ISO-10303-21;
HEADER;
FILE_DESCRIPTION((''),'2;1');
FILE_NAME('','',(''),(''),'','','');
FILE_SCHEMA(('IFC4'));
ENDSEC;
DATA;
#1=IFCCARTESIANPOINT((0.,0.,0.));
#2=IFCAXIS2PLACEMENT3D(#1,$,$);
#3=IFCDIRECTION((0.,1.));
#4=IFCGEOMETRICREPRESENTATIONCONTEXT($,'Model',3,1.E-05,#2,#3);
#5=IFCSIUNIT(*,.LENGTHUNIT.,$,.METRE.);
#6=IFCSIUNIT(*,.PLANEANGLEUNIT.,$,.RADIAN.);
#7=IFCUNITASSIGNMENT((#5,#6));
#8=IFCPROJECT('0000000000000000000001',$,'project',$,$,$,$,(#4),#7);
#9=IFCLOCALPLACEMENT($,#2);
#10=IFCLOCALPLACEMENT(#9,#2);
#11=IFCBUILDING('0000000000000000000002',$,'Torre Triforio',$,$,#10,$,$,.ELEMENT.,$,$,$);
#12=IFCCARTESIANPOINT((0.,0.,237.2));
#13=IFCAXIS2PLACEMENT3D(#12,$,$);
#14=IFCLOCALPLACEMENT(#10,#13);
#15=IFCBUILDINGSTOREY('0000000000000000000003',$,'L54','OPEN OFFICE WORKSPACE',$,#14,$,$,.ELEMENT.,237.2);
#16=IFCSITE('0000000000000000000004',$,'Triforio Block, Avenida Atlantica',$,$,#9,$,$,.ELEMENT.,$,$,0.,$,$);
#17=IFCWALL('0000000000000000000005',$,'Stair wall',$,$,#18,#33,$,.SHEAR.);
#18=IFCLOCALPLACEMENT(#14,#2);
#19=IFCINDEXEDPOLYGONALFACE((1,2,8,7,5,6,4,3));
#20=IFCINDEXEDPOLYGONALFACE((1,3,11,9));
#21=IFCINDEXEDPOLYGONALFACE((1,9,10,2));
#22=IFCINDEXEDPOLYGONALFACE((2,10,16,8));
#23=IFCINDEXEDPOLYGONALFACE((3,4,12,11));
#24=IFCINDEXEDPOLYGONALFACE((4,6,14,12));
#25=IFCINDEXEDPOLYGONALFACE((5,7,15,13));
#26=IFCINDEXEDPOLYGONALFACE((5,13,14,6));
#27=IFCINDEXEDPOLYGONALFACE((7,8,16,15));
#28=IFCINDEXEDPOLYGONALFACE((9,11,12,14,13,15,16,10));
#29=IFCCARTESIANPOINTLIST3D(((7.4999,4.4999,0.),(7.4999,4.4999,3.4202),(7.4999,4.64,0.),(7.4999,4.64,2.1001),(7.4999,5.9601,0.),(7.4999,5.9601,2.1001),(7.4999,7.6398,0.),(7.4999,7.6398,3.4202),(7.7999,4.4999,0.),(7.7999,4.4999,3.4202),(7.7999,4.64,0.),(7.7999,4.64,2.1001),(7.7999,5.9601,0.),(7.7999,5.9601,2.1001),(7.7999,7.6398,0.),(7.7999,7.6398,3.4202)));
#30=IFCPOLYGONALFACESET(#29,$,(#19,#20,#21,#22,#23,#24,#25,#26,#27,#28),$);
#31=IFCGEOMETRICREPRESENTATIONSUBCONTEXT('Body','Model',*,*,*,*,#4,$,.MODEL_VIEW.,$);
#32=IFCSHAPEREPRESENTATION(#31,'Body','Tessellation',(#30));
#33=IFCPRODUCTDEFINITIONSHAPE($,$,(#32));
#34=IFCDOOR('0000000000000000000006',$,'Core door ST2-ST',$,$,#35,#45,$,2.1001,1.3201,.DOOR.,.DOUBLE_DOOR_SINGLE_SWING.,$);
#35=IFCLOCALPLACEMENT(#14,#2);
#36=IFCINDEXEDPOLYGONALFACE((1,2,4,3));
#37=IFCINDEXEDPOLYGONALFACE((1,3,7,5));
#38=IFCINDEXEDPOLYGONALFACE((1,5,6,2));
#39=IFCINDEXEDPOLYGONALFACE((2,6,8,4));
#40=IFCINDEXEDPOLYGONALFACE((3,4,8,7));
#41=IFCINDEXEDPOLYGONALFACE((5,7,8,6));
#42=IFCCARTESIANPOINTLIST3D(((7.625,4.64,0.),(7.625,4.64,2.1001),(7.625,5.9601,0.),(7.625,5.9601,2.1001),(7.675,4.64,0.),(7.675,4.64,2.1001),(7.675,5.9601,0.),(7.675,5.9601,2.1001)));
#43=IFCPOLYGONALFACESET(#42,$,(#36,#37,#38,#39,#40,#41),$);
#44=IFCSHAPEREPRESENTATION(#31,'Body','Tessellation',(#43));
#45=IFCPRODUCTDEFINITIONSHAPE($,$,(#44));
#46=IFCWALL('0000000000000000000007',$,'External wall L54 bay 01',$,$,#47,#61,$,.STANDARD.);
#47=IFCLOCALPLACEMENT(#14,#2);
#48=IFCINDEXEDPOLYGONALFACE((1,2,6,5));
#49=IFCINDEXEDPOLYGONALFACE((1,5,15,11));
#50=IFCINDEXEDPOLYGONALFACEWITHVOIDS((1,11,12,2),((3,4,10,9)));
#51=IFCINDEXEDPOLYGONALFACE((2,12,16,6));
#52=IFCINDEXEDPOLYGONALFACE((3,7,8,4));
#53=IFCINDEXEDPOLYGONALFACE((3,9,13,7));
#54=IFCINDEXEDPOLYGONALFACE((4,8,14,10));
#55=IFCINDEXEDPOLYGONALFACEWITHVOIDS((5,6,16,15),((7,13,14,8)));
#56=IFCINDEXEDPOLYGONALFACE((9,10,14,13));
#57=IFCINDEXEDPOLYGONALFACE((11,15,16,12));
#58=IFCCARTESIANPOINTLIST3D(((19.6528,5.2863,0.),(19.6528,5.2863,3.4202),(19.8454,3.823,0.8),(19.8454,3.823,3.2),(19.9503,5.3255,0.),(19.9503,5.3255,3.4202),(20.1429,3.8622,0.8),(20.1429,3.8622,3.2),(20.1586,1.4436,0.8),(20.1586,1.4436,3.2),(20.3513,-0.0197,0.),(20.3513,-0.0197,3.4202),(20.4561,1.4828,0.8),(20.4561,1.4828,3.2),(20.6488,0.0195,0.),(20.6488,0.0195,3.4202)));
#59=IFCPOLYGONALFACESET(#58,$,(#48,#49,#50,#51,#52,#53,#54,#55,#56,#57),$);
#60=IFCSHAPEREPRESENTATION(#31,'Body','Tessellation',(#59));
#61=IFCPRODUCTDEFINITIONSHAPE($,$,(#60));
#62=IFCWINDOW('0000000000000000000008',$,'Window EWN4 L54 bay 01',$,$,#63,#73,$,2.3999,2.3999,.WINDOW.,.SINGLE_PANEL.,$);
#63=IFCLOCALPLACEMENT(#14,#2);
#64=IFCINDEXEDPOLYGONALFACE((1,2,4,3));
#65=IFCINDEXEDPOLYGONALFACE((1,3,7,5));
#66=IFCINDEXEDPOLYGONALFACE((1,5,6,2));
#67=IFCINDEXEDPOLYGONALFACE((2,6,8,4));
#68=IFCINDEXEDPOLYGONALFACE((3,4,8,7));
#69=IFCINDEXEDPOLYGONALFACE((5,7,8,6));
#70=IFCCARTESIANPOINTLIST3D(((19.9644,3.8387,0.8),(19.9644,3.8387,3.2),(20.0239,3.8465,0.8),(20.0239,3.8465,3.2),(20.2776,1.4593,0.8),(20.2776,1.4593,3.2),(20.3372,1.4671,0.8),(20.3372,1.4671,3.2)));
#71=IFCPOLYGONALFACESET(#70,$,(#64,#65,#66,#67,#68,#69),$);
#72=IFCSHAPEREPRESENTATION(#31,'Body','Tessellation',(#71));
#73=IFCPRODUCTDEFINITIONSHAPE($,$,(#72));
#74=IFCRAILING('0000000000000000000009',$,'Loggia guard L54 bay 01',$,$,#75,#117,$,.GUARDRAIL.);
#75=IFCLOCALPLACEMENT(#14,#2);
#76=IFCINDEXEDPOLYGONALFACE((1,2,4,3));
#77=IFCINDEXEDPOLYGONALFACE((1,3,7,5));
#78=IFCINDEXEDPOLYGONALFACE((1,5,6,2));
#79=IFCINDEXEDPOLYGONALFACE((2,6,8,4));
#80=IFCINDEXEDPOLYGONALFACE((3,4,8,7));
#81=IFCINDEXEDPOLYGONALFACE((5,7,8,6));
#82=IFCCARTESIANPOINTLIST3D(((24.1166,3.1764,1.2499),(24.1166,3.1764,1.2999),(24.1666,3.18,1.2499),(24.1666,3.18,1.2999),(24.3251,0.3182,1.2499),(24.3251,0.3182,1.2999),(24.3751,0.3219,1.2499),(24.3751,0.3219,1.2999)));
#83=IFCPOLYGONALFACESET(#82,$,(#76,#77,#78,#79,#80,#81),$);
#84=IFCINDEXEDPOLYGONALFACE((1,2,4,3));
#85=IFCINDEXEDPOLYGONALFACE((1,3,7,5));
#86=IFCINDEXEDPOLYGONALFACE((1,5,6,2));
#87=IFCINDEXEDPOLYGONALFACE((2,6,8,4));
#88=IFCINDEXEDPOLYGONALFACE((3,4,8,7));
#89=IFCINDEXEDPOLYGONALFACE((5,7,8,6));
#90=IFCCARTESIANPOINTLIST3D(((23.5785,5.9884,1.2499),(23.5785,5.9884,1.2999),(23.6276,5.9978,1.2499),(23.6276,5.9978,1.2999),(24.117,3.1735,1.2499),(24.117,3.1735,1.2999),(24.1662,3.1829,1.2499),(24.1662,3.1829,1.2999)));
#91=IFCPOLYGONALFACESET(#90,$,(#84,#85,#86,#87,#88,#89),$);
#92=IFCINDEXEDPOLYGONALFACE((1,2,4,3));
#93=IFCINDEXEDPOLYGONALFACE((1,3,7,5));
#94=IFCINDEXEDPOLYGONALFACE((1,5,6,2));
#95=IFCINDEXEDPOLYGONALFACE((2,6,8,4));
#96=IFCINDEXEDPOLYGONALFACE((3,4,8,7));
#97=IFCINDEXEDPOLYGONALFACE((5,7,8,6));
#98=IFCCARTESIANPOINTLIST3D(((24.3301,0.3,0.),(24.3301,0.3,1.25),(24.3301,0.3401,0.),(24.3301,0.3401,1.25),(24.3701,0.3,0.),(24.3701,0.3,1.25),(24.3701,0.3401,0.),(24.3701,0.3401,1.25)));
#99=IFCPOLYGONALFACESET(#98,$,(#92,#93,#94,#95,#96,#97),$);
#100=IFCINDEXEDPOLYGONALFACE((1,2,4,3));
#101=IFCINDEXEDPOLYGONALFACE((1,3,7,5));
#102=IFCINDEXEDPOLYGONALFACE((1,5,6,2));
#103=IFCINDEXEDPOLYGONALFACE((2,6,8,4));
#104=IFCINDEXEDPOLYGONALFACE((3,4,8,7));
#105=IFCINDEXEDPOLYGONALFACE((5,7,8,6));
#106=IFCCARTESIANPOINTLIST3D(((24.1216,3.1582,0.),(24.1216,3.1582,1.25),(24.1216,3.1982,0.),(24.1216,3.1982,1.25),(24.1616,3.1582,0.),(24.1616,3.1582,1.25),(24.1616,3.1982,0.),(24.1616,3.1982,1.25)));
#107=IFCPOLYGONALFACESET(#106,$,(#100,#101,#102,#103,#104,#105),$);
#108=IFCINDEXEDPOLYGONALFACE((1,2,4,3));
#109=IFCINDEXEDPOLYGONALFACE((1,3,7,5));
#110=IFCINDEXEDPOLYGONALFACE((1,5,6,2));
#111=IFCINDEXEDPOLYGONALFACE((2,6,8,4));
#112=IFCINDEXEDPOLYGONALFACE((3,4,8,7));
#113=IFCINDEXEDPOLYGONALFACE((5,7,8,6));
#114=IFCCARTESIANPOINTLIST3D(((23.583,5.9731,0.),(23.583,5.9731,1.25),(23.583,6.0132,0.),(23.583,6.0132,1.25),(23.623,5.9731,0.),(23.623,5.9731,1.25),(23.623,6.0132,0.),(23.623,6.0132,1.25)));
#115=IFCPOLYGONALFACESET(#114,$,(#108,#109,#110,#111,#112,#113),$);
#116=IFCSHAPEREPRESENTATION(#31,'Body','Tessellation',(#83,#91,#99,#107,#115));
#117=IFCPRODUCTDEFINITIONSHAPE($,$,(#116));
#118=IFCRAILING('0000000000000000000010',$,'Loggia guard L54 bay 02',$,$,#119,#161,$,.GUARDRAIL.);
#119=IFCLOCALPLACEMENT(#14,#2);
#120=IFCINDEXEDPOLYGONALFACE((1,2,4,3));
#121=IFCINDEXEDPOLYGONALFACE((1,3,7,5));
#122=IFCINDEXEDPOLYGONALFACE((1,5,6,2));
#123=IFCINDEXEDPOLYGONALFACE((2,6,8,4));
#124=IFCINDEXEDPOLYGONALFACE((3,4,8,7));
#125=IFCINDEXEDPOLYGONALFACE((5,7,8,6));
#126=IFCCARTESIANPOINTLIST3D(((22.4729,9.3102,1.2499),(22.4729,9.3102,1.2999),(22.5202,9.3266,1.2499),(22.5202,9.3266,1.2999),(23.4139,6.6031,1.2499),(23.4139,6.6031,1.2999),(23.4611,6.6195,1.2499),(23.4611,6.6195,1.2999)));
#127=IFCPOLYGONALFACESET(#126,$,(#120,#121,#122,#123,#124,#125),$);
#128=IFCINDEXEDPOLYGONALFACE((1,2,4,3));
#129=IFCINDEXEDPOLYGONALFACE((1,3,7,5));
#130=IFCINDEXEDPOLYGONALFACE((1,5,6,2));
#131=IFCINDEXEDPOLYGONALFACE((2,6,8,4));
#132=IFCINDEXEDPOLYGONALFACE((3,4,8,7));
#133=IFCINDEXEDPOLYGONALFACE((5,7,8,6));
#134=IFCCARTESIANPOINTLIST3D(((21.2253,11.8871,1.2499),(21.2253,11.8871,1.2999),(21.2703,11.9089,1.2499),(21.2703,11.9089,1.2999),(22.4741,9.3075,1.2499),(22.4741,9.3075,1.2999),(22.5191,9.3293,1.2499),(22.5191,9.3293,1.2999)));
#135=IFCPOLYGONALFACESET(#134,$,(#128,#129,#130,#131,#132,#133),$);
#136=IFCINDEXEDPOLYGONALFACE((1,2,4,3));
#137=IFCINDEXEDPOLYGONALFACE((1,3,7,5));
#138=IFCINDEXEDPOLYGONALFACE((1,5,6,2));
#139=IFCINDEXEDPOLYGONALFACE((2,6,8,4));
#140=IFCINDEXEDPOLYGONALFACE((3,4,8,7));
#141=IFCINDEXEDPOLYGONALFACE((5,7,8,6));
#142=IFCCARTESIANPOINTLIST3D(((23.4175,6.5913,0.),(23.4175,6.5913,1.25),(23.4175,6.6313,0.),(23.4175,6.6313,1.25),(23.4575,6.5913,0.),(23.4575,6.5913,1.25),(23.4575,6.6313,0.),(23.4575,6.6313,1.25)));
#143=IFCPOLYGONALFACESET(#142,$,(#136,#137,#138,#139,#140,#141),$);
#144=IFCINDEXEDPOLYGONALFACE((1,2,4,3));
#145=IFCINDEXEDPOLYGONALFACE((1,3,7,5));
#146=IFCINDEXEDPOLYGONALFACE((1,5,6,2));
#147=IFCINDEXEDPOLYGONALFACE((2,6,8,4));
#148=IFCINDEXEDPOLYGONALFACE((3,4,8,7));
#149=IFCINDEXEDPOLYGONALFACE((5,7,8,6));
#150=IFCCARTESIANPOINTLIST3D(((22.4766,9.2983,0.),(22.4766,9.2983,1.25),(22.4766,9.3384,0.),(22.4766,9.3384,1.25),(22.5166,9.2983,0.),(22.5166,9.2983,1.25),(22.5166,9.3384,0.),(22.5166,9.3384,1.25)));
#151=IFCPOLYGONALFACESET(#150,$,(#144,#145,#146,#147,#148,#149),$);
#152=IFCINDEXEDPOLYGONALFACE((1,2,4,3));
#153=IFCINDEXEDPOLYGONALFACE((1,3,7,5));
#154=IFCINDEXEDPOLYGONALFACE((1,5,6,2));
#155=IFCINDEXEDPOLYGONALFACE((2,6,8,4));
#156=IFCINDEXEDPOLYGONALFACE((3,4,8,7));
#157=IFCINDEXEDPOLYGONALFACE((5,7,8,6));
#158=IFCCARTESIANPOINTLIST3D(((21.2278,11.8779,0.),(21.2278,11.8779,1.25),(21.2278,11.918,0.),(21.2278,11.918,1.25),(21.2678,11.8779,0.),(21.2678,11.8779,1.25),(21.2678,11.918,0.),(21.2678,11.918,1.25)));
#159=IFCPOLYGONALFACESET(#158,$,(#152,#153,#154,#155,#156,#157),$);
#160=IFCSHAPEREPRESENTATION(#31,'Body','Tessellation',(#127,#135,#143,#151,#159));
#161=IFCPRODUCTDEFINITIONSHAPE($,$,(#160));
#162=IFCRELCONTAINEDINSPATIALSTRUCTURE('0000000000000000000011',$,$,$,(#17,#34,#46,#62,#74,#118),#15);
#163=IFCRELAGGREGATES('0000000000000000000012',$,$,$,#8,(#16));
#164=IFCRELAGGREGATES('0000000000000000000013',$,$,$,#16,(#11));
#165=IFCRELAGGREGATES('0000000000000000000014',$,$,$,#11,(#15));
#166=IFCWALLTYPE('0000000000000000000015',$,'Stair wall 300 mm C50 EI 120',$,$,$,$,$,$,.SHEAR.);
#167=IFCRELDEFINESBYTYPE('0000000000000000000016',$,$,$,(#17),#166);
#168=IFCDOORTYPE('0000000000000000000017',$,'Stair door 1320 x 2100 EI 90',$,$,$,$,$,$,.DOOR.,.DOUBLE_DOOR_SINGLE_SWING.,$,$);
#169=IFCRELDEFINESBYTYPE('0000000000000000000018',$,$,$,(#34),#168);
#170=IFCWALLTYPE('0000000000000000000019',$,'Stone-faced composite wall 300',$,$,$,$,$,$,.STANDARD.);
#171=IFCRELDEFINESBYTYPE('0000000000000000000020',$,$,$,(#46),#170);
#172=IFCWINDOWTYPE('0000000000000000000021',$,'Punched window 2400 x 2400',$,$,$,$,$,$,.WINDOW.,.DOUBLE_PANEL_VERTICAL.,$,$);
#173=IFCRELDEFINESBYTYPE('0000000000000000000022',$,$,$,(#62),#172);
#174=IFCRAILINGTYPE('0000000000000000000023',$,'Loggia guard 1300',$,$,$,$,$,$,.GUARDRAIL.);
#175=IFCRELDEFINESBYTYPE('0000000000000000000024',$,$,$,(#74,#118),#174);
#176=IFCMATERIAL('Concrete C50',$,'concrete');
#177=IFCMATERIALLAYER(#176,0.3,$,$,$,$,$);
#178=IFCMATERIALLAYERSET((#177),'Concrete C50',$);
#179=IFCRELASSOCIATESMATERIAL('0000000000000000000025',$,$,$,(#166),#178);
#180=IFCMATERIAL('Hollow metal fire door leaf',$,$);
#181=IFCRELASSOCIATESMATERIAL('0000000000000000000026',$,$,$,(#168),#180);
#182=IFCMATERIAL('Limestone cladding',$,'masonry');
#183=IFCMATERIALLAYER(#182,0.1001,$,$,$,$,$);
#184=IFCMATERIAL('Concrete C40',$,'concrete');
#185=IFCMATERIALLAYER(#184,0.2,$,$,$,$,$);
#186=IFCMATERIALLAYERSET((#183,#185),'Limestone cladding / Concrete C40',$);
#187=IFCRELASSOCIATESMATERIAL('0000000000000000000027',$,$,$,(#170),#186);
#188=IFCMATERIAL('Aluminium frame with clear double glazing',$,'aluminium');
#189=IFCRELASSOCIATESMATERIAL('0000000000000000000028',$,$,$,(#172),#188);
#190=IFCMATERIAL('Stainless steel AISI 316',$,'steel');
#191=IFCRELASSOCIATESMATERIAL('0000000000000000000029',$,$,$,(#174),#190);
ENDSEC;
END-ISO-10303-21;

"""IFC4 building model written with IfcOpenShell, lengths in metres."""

from ifc_helpers import new_model, si_unit, direction, frame, frame_2d, origin, origin_2d, place, context, subcontext, project, spatial, rectangle, extrude, material, layer, layer_set, type_object, element, fill, save


model = new_model("IFC4")

# Units and contexts
model_context = context("Model", 3, precision=1e-05, world=origin(), true_north=direction((0.0, 1.0)))
body_context = subcontext(model_context, "Body", "Model", "MODEL_VIEW")
ifc_project = project(units=[si_unit("LENGTHUNIT", "METRE"), si_unit("PLANEANGLEUNIT", "RADIAN")], contexts=[model_context])

# Site, building, storey
site_placement = place(None, origin())
site = spatial("IfcSite", under=ifc_project, at=site_placement, Name="Triforio Block, Avenida Atlantica", CompositionType="ELEMENT", RefElevation=0.0)
building_placement = place(site_placement, origin())
building = spatial("IfcBuilding", under=site, at=building_placement, Name="Torre Triforio", CompositionType="ELEMENT")
storey_placement = place(building_placement, frame((0.0, 0.0, 237.2)))
storey = spatial("IfcBuildingStorey", under=building, at=storey_placement, Name="L54", Description="OPEN OFFICE WORKSPACE", CompositionType="ELEMENT", Elevation=237.2)

# Shared definitions
ifc_material_1 = material(Name="Concrete C50", Category="concrete")

# Shared definitions
ifc_material_2 = material(Name="Concrete C40", Category="concrete")

# Shared definitions
ifc_material_3 = material(Name="Limestone cladding", Category="masonry")

# Wall, opening, door
ifc_layer_1 = layer(ifc_material_1, 0.3)
ifc_layer_set_1 = layer_set([ifc_layer_1], Name="Concrete C50")
wall_type_1 = type_object("IfcWallType", Name="Stair wall 300 mm C50 EI 120", PredefinedType="SHEAR", material=ifc_layer_set_1)
wall_1_placement = place(storey_placement, frame((7.6499, 4.5, 0.0), z_axis=(0.0, 0.0, 1.0), x_axis=(0.0, 1.0, 0.0)))
wall_1 = element("IfcWall", 1, at=wall_1_placement, inside=storey, type_object=wall_type_1, Name="Stair wall", PredefinedType="SHEAR", context=body_context, shape_type="SweptSolid", body=[
    extrude(rectangle(XDim=3.1399, YDim=0.3, at=frame_2d((1.5698, 0.0))), origin(), (0.0, 0.0, 1.0), 3.4202),
])
opening_1_placement = place(wall_1_placement, frame((0.1399, 0.0, 0.0)))
opening_1 = element("IfcOpeningElement", 2, at=opening_1_placement, cuts=wall_1, PredefinedType="OPENING", context=body_context, shape_type="SweptSolid", body=[
    extrude(rectangle(XDim=1.3201, YDim=2.1001, at=frame_2d((0.6602, 1.05))), frame((0.0, 0.1599, 0.0), z_axis=(0.0, -1.0, 0.0), x_axis=(1.0, 0.0, 0.0)), (0.0, 0.0, 1.0), 0.3201),
])
ifc_material_4 = material(Name="Hollow metal fire door leaf")
door_type_1 = type_object("IfcDoorType", Name="Stair door 1320 x 2100 EI 90", OperationType="DOUBLE_DOOR_SINGLE_SWING", PredefinedType="DOOR", material=ifc_material_4)
door_1_placement = place(opening_1_placement, origin())
door_1 = element("IfcDoor", 3, at=door_1_placement, inside=storey, type_object=door_type_1, Name="Core door ST2-ST", OperationType="DOUBLE_DOOR_SINGLE_SWING", OverallHeight=2.1001, OverallWidth=1.3201, PredefinedType="DOOR", context=body_context, shape_type="SweptSolid", body=[
    extrude(rectangle(XDim=1.3201, YDim=2.1001, at=frame_2d((0.6602, 1.05))), frame((0.0, 0.0249, 0.0), z_axis=(0.0, -1.0, 0.0), x_axis=(1.0, 0.0, 0.0)), (0.0, 0.0, 1.0), 0.05),
])
fill(opening_1, door_1)

# Wall, opening, window
ifc_layer_2 = layer(ifc_material_3, 0.1001)
ifc_layer_3 = layer(ifc_material_2, 0.2)
ifc_layer_set_2 = layer_set([ifc_layer_2, ifc_layer_3], Name="Limestone cladding / Concrete C40")
wall_type_2 = type_object("IfcWallType", Name="Stone-faced composite wall 300", PredefinedType="STANDARD", material=ifc_layer_set_2)
wall_2_placement = place(storey_placement, frame((20.5, 0.0, 0.0), z_axis=(0.0, 0.0, 1.0), x_axis=(-0.130517, 0.991446, 0.0)))
wall_2 = element("IfcWall", 4, at=wall_2_placement, inside=storey, type_object=wall_type_2, Name="External wall L54 bay 01", PredefinedType="STANDARD", context=body_context, shape_type="SweptSolid", body=[
    extrude(rectangle(XDim=5.3518, YDim=0.3, at=frame_2d((2.6758, 0.0))), origin(), (0.0, 0.0, 1.0), 3.4202),
])
opening_2_placement = place(wall_2_placement, frame((1.4758, 0.0, 0.8)))
opening_2 = element("IfcOpeningElement", 5, at=opening_2_placement, cuts=wall_2, PredefinedType="OPENING", context=body_context, shape_type="SweptSolid", body=[
    extrude(rectangle(XDim=2.3999, YDim=2.3999, at=frame_2d((1.2, 1.2))), frame((0.0, 0.1599, 0.0), z_axis=(0.0, -1.0, 0.0), x_axis=(1.0, 0.0, 0.0)), (0.0, 0.0, 1.0), 0.3201),
])
ifc_material_5 = material(Name="Aluminium frame with clear double glazing", Category="aluminium")
window_type_1 = type_object("IfcWindowType", Name="Punched window 2400 x 2400", PartitioningType="DOUBLE_PANEL_VERTICAL", PredefinedType="WINDOW", material=ifc_material_5)
window_1_placement = place(opening_2_placement, origin())
window_1 = element("IfcWindow", 6, at=window_1_placement, inside=storey, type_object=window_type_1, Name="Window EWN4 L54 bay 01", OverallHeight=2.3999, OverallWidth=2.3999, PartitioningType="SINGLE_PANEL", PredefinedType="WINDOW", context=body_context, shape_type="SweptSolid", body=[
    extrude(rectangle(XDim=2.3999, YDim=2.3999, at=frame_2d((1.2, 1.2))), frame((0.0, 0.03, 0.0), z_axis=(0.0, -1.0, 0.0), x_axis=(1.0, 0.0, 0.0)), (0.0, 0.0, 1.0), 0.0601),
])
fill(opening_2, window_1)

# Railings
ifc_material_6 = material(Name="Stainless steel AISI 316", Category="steel")
railing_type = type_object("IfcRailingType", Name="Loggia guard 1300", PredefinedType="GUARDRAIL", material=ifc_material_6)
railing_1_placement = place(storey_placement, frame((24.3501, 0.3201, 0.0)))
element("IfcRailing", 7, at=railing_1_placement, inside=storey, type_object=railing_type, Name="Loggia guard L54 bay 01", PredefinedType="GUARDRAIL", context=body_context, shape_type="SweptSolid", body=[
    extrude(rectangle(XDim=0.05, YDim=0.05, at=origin_2d()), frame((0.0, 0.0, 1.2749), z_axis=(-0.072754, 0.99735, 0.0), x_axis=(-0.99735, -0.072754, 0.0)), (0.0, 0.0, 1.0), 2.8657),
    extrude(rectangle(XDim=0.05, YDim=0.05, at=origin_2d()), frame((-0.2085, 2.8582, 1.2749), z_axis=(-0.187918, 0.982185, 0.0), x_axis=(-0.982185, -0.187918, 0.0)), (0.0, 0.0, 1.0), 2.866),
    extrude(rectangle(XDim=0.04, YDim=0.04, at=origin_2d()), origin(), (0.0, 0.0, 1.0), 1.25),
    extrude(rectangle(XDim=0.04, YDim=0.04, at=origin_2d()), frame((-0.2085, 2.8582, 0.0)), (0.0, 0.0, 1.0), 1.25),
    extrude(rectangle(XDim=0.04, YDim=0.04, at=origin_2d()), frame((-0.7471, 5.6731, 0.0)), (0.0, 0.0, 1.0), 1.25),
])
railing_2_placement = place(storey_placement, frame((23.4375, 6.6113, 0.0)))
element("IfcRailing", 8, at=railing_2_placement, inside=storey, type_object=railing_type, Name="Loggia guard L54 bay 02", PredefinedType="GUARDRAIL", context=body_context, shape_type="SweptSolid", body=[
    extrude(rectangle(XDim=0.05, YDim=0.05, at=origin_2d()), frame((0.0, 0.0, 1.2749), z_axis=(-0.328316, 0.944568, 0.0), x_axis=(-0.944568, -0.328316, 0.0)), (0.0, 0.0, 1.0), 2.866),
    extrude(rectangle(XDim=0.05, YDim=0.05, at=origin_2d()), frame((-0.9409, 2.707, 1.2749), z_axis=(-0.435728, 0.900078, 0.0), x_axis=(-0.900078, -0.435728, 0.0)), (0.0, 0.0, 1.0), 2.866),
    extrude(rectangle(XDim=0.04, YDim=0.04, at=origin_2d()), origin(), (0.0, 0.0, 1.0), 1.25),
    extrude(rectangle(XDim=0.04, YDim=0.04, at=origin_2d()), frame((-0.9409, 2.707, 0.0)), (0.0, 0.0, 1.0), 1.25),
    extrude(rectangle(XDim=0.04, YDim=0.04, at=origin_2d()), frame((-2.1897, 5.2866, 0.0)), (0.0, 0.0, 1.0), 1.25),
])

save(model, "model.ifc")
